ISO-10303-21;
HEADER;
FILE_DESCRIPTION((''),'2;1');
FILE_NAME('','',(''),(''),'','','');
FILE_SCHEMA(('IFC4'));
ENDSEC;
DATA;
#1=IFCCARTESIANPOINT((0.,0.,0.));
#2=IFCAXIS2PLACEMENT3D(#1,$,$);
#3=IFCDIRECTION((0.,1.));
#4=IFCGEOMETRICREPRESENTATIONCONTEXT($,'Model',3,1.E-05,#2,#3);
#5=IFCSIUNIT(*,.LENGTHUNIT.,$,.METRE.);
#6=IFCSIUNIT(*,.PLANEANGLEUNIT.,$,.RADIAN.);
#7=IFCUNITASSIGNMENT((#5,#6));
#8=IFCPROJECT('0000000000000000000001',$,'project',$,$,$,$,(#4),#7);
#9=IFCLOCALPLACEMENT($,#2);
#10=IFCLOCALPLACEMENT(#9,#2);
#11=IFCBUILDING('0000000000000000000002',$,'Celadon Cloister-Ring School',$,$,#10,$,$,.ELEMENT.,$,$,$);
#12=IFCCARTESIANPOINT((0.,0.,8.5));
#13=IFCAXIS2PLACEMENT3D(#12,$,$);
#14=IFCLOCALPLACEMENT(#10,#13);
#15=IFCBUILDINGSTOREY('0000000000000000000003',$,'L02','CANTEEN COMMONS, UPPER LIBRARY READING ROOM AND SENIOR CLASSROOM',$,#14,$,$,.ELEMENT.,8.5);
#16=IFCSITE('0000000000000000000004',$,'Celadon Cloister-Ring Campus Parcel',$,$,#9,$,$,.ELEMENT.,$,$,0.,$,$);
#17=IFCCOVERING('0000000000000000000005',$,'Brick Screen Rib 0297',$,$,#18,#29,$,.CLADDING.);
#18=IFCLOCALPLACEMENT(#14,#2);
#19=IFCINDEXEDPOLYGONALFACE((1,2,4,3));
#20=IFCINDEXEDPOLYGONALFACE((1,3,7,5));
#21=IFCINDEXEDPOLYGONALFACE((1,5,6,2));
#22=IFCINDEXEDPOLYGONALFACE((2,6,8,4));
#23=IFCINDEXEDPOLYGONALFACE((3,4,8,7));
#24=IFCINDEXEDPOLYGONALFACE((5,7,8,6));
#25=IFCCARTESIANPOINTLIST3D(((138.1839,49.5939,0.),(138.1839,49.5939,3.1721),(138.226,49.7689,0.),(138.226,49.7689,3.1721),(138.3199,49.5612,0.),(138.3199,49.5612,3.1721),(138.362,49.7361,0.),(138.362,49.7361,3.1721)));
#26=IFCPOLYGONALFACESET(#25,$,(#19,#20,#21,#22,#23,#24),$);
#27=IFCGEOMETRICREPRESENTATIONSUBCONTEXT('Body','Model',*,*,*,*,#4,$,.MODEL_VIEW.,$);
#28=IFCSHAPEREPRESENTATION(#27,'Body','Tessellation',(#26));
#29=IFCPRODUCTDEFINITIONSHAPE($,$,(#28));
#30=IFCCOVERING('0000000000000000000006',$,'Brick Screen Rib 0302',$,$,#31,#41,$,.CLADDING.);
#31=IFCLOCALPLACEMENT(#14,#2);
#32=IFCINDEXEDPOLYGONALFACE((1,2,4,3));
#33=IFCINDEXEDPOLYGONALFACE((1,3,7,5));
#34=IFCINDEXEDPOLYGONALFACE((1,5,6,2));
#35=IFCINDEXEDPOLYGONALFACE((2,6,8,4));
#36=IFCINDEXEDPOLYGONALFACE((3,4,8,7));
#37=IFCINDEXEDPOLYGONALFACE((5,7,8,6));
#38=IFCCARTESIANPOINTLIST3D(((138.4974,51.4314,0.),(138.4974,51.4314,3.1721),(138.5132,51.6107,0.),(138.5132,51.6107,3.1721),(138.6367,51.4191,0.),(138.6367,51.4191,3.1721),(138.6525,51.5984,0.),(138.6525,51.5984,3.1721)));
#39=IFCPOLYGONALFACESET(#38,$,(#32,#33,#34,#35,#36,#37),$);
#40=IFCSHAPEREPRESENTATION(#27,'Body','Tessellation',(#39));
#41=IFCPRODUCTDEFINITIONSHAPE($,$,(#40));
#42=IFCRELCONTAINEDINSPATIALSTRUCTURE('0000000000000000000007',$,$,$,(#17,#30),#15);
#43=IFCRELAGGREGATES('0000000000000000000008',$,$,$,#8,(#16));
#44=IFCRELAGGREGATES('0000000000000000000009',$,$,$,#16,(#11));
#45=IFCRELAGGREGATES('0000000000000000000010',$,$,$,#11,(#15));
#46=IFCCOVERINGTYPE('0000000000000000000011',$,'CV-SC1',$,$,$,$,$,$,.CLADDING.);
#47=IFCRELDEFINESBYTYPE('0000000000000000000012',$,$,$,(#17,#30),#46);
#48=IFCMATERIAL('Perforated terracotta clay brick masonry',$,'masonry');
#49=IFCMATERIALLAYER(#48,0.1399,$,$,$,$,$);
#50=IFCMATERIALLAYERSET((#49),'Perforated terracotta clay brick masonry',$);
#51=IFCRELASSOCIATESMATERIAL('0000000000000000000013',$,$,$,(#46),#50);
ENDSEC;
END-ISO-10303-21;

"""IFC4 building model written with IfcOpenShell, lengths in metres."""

from ifc_helpers import new_model, si_unit, direction, frame, origin, origin_2d, place, context, subcontext, project, spatial, rectangle, extrude, material, layer, layer_set, type_object, element, save


model = new_model("IFC4")

# Units and contexts
model_context = context("Model", 3, precision=1e-05, world=origin(), true_north=direction((0.0, 1.0)))
body_context = subcontext(model_context, "Body", "Model", "MODEL_VIEW")
ifc_project = project(units=[si_unit("LENGTHUNIT", "METRE"), si_unit("PLANEANGLEUNIT", "RADIAN")], contexts=[model_context])

# Site, building, storey
site_placement = place(None, origin())
site = spatial("IfcSite", under=ifc_project, at=site_placement, Name="Celadon Cloister-Ring Campus Parcel", CompositionType="ELEMENT", RefElevation=0.0)
building_placement = place(site_placement, origin())
building = spatial("IfcBuilding", under=site, at=building_placement, Name="Celadon Cloister-Ring School", CompositionType="ELEMENT")
storey_placement = place(building_placement, frame((0.0, 0.0, 8.5)))
storey = spatial("IfcBuildingStorey", under=building, at=storey_placement, Name="L02", Description="CANTEEN COMMONS, UPPER LIBRARY READING ROOM AND SENIOR CLASSROOM", CompositionType="ELEMENT", Elevation=8.5)

# Coverings
ifc_material_1 = material(Name="Perforated terracotta clay brick masonry", Category="masonry")
ifc_layer_1 = layer(ifc_material_1, 0.1399)
ifc_layer_set_1 = layer_set([ifc_layer_1], Name="Perforated terracotta clay brick masonry")
covering_type = type_object("IfcCoveringType", Name="CV-SC1", PredefinedType="CLADDING", material=ifc_layer_set_1)
for number, where, z_axis, x_axis, name in (
    (1, (138.2729, 49.665, 0.0), (0.0, 0.0, 1.0), (-0.233988, -0.972239, 0.0), "Brick Screen Rib 0297"),
    (2, (138.575, 51.5149, 0.0), (0.0, 0.0, 1.0), (-0.087973, -0.996123, 0.0), "Brick Screen Rib 0302"),
):
    element("IfcCovering", number, at=place(storey_placement, frame(where, z_axis=z_axis, x_axis=x_axis)), inside=storey, type_object=covering_type, Name=name, PredefinedType="CLADDING", context=body_context, shape_type="SweptSolid", body=[
        extrude(rectangle(XDim=0.1799, YDim=0.1399, at=origin_2d()), origin(), (0.0, 0.0, 1.0), 3.1721),
    ])

save(model, "model.ifc")
